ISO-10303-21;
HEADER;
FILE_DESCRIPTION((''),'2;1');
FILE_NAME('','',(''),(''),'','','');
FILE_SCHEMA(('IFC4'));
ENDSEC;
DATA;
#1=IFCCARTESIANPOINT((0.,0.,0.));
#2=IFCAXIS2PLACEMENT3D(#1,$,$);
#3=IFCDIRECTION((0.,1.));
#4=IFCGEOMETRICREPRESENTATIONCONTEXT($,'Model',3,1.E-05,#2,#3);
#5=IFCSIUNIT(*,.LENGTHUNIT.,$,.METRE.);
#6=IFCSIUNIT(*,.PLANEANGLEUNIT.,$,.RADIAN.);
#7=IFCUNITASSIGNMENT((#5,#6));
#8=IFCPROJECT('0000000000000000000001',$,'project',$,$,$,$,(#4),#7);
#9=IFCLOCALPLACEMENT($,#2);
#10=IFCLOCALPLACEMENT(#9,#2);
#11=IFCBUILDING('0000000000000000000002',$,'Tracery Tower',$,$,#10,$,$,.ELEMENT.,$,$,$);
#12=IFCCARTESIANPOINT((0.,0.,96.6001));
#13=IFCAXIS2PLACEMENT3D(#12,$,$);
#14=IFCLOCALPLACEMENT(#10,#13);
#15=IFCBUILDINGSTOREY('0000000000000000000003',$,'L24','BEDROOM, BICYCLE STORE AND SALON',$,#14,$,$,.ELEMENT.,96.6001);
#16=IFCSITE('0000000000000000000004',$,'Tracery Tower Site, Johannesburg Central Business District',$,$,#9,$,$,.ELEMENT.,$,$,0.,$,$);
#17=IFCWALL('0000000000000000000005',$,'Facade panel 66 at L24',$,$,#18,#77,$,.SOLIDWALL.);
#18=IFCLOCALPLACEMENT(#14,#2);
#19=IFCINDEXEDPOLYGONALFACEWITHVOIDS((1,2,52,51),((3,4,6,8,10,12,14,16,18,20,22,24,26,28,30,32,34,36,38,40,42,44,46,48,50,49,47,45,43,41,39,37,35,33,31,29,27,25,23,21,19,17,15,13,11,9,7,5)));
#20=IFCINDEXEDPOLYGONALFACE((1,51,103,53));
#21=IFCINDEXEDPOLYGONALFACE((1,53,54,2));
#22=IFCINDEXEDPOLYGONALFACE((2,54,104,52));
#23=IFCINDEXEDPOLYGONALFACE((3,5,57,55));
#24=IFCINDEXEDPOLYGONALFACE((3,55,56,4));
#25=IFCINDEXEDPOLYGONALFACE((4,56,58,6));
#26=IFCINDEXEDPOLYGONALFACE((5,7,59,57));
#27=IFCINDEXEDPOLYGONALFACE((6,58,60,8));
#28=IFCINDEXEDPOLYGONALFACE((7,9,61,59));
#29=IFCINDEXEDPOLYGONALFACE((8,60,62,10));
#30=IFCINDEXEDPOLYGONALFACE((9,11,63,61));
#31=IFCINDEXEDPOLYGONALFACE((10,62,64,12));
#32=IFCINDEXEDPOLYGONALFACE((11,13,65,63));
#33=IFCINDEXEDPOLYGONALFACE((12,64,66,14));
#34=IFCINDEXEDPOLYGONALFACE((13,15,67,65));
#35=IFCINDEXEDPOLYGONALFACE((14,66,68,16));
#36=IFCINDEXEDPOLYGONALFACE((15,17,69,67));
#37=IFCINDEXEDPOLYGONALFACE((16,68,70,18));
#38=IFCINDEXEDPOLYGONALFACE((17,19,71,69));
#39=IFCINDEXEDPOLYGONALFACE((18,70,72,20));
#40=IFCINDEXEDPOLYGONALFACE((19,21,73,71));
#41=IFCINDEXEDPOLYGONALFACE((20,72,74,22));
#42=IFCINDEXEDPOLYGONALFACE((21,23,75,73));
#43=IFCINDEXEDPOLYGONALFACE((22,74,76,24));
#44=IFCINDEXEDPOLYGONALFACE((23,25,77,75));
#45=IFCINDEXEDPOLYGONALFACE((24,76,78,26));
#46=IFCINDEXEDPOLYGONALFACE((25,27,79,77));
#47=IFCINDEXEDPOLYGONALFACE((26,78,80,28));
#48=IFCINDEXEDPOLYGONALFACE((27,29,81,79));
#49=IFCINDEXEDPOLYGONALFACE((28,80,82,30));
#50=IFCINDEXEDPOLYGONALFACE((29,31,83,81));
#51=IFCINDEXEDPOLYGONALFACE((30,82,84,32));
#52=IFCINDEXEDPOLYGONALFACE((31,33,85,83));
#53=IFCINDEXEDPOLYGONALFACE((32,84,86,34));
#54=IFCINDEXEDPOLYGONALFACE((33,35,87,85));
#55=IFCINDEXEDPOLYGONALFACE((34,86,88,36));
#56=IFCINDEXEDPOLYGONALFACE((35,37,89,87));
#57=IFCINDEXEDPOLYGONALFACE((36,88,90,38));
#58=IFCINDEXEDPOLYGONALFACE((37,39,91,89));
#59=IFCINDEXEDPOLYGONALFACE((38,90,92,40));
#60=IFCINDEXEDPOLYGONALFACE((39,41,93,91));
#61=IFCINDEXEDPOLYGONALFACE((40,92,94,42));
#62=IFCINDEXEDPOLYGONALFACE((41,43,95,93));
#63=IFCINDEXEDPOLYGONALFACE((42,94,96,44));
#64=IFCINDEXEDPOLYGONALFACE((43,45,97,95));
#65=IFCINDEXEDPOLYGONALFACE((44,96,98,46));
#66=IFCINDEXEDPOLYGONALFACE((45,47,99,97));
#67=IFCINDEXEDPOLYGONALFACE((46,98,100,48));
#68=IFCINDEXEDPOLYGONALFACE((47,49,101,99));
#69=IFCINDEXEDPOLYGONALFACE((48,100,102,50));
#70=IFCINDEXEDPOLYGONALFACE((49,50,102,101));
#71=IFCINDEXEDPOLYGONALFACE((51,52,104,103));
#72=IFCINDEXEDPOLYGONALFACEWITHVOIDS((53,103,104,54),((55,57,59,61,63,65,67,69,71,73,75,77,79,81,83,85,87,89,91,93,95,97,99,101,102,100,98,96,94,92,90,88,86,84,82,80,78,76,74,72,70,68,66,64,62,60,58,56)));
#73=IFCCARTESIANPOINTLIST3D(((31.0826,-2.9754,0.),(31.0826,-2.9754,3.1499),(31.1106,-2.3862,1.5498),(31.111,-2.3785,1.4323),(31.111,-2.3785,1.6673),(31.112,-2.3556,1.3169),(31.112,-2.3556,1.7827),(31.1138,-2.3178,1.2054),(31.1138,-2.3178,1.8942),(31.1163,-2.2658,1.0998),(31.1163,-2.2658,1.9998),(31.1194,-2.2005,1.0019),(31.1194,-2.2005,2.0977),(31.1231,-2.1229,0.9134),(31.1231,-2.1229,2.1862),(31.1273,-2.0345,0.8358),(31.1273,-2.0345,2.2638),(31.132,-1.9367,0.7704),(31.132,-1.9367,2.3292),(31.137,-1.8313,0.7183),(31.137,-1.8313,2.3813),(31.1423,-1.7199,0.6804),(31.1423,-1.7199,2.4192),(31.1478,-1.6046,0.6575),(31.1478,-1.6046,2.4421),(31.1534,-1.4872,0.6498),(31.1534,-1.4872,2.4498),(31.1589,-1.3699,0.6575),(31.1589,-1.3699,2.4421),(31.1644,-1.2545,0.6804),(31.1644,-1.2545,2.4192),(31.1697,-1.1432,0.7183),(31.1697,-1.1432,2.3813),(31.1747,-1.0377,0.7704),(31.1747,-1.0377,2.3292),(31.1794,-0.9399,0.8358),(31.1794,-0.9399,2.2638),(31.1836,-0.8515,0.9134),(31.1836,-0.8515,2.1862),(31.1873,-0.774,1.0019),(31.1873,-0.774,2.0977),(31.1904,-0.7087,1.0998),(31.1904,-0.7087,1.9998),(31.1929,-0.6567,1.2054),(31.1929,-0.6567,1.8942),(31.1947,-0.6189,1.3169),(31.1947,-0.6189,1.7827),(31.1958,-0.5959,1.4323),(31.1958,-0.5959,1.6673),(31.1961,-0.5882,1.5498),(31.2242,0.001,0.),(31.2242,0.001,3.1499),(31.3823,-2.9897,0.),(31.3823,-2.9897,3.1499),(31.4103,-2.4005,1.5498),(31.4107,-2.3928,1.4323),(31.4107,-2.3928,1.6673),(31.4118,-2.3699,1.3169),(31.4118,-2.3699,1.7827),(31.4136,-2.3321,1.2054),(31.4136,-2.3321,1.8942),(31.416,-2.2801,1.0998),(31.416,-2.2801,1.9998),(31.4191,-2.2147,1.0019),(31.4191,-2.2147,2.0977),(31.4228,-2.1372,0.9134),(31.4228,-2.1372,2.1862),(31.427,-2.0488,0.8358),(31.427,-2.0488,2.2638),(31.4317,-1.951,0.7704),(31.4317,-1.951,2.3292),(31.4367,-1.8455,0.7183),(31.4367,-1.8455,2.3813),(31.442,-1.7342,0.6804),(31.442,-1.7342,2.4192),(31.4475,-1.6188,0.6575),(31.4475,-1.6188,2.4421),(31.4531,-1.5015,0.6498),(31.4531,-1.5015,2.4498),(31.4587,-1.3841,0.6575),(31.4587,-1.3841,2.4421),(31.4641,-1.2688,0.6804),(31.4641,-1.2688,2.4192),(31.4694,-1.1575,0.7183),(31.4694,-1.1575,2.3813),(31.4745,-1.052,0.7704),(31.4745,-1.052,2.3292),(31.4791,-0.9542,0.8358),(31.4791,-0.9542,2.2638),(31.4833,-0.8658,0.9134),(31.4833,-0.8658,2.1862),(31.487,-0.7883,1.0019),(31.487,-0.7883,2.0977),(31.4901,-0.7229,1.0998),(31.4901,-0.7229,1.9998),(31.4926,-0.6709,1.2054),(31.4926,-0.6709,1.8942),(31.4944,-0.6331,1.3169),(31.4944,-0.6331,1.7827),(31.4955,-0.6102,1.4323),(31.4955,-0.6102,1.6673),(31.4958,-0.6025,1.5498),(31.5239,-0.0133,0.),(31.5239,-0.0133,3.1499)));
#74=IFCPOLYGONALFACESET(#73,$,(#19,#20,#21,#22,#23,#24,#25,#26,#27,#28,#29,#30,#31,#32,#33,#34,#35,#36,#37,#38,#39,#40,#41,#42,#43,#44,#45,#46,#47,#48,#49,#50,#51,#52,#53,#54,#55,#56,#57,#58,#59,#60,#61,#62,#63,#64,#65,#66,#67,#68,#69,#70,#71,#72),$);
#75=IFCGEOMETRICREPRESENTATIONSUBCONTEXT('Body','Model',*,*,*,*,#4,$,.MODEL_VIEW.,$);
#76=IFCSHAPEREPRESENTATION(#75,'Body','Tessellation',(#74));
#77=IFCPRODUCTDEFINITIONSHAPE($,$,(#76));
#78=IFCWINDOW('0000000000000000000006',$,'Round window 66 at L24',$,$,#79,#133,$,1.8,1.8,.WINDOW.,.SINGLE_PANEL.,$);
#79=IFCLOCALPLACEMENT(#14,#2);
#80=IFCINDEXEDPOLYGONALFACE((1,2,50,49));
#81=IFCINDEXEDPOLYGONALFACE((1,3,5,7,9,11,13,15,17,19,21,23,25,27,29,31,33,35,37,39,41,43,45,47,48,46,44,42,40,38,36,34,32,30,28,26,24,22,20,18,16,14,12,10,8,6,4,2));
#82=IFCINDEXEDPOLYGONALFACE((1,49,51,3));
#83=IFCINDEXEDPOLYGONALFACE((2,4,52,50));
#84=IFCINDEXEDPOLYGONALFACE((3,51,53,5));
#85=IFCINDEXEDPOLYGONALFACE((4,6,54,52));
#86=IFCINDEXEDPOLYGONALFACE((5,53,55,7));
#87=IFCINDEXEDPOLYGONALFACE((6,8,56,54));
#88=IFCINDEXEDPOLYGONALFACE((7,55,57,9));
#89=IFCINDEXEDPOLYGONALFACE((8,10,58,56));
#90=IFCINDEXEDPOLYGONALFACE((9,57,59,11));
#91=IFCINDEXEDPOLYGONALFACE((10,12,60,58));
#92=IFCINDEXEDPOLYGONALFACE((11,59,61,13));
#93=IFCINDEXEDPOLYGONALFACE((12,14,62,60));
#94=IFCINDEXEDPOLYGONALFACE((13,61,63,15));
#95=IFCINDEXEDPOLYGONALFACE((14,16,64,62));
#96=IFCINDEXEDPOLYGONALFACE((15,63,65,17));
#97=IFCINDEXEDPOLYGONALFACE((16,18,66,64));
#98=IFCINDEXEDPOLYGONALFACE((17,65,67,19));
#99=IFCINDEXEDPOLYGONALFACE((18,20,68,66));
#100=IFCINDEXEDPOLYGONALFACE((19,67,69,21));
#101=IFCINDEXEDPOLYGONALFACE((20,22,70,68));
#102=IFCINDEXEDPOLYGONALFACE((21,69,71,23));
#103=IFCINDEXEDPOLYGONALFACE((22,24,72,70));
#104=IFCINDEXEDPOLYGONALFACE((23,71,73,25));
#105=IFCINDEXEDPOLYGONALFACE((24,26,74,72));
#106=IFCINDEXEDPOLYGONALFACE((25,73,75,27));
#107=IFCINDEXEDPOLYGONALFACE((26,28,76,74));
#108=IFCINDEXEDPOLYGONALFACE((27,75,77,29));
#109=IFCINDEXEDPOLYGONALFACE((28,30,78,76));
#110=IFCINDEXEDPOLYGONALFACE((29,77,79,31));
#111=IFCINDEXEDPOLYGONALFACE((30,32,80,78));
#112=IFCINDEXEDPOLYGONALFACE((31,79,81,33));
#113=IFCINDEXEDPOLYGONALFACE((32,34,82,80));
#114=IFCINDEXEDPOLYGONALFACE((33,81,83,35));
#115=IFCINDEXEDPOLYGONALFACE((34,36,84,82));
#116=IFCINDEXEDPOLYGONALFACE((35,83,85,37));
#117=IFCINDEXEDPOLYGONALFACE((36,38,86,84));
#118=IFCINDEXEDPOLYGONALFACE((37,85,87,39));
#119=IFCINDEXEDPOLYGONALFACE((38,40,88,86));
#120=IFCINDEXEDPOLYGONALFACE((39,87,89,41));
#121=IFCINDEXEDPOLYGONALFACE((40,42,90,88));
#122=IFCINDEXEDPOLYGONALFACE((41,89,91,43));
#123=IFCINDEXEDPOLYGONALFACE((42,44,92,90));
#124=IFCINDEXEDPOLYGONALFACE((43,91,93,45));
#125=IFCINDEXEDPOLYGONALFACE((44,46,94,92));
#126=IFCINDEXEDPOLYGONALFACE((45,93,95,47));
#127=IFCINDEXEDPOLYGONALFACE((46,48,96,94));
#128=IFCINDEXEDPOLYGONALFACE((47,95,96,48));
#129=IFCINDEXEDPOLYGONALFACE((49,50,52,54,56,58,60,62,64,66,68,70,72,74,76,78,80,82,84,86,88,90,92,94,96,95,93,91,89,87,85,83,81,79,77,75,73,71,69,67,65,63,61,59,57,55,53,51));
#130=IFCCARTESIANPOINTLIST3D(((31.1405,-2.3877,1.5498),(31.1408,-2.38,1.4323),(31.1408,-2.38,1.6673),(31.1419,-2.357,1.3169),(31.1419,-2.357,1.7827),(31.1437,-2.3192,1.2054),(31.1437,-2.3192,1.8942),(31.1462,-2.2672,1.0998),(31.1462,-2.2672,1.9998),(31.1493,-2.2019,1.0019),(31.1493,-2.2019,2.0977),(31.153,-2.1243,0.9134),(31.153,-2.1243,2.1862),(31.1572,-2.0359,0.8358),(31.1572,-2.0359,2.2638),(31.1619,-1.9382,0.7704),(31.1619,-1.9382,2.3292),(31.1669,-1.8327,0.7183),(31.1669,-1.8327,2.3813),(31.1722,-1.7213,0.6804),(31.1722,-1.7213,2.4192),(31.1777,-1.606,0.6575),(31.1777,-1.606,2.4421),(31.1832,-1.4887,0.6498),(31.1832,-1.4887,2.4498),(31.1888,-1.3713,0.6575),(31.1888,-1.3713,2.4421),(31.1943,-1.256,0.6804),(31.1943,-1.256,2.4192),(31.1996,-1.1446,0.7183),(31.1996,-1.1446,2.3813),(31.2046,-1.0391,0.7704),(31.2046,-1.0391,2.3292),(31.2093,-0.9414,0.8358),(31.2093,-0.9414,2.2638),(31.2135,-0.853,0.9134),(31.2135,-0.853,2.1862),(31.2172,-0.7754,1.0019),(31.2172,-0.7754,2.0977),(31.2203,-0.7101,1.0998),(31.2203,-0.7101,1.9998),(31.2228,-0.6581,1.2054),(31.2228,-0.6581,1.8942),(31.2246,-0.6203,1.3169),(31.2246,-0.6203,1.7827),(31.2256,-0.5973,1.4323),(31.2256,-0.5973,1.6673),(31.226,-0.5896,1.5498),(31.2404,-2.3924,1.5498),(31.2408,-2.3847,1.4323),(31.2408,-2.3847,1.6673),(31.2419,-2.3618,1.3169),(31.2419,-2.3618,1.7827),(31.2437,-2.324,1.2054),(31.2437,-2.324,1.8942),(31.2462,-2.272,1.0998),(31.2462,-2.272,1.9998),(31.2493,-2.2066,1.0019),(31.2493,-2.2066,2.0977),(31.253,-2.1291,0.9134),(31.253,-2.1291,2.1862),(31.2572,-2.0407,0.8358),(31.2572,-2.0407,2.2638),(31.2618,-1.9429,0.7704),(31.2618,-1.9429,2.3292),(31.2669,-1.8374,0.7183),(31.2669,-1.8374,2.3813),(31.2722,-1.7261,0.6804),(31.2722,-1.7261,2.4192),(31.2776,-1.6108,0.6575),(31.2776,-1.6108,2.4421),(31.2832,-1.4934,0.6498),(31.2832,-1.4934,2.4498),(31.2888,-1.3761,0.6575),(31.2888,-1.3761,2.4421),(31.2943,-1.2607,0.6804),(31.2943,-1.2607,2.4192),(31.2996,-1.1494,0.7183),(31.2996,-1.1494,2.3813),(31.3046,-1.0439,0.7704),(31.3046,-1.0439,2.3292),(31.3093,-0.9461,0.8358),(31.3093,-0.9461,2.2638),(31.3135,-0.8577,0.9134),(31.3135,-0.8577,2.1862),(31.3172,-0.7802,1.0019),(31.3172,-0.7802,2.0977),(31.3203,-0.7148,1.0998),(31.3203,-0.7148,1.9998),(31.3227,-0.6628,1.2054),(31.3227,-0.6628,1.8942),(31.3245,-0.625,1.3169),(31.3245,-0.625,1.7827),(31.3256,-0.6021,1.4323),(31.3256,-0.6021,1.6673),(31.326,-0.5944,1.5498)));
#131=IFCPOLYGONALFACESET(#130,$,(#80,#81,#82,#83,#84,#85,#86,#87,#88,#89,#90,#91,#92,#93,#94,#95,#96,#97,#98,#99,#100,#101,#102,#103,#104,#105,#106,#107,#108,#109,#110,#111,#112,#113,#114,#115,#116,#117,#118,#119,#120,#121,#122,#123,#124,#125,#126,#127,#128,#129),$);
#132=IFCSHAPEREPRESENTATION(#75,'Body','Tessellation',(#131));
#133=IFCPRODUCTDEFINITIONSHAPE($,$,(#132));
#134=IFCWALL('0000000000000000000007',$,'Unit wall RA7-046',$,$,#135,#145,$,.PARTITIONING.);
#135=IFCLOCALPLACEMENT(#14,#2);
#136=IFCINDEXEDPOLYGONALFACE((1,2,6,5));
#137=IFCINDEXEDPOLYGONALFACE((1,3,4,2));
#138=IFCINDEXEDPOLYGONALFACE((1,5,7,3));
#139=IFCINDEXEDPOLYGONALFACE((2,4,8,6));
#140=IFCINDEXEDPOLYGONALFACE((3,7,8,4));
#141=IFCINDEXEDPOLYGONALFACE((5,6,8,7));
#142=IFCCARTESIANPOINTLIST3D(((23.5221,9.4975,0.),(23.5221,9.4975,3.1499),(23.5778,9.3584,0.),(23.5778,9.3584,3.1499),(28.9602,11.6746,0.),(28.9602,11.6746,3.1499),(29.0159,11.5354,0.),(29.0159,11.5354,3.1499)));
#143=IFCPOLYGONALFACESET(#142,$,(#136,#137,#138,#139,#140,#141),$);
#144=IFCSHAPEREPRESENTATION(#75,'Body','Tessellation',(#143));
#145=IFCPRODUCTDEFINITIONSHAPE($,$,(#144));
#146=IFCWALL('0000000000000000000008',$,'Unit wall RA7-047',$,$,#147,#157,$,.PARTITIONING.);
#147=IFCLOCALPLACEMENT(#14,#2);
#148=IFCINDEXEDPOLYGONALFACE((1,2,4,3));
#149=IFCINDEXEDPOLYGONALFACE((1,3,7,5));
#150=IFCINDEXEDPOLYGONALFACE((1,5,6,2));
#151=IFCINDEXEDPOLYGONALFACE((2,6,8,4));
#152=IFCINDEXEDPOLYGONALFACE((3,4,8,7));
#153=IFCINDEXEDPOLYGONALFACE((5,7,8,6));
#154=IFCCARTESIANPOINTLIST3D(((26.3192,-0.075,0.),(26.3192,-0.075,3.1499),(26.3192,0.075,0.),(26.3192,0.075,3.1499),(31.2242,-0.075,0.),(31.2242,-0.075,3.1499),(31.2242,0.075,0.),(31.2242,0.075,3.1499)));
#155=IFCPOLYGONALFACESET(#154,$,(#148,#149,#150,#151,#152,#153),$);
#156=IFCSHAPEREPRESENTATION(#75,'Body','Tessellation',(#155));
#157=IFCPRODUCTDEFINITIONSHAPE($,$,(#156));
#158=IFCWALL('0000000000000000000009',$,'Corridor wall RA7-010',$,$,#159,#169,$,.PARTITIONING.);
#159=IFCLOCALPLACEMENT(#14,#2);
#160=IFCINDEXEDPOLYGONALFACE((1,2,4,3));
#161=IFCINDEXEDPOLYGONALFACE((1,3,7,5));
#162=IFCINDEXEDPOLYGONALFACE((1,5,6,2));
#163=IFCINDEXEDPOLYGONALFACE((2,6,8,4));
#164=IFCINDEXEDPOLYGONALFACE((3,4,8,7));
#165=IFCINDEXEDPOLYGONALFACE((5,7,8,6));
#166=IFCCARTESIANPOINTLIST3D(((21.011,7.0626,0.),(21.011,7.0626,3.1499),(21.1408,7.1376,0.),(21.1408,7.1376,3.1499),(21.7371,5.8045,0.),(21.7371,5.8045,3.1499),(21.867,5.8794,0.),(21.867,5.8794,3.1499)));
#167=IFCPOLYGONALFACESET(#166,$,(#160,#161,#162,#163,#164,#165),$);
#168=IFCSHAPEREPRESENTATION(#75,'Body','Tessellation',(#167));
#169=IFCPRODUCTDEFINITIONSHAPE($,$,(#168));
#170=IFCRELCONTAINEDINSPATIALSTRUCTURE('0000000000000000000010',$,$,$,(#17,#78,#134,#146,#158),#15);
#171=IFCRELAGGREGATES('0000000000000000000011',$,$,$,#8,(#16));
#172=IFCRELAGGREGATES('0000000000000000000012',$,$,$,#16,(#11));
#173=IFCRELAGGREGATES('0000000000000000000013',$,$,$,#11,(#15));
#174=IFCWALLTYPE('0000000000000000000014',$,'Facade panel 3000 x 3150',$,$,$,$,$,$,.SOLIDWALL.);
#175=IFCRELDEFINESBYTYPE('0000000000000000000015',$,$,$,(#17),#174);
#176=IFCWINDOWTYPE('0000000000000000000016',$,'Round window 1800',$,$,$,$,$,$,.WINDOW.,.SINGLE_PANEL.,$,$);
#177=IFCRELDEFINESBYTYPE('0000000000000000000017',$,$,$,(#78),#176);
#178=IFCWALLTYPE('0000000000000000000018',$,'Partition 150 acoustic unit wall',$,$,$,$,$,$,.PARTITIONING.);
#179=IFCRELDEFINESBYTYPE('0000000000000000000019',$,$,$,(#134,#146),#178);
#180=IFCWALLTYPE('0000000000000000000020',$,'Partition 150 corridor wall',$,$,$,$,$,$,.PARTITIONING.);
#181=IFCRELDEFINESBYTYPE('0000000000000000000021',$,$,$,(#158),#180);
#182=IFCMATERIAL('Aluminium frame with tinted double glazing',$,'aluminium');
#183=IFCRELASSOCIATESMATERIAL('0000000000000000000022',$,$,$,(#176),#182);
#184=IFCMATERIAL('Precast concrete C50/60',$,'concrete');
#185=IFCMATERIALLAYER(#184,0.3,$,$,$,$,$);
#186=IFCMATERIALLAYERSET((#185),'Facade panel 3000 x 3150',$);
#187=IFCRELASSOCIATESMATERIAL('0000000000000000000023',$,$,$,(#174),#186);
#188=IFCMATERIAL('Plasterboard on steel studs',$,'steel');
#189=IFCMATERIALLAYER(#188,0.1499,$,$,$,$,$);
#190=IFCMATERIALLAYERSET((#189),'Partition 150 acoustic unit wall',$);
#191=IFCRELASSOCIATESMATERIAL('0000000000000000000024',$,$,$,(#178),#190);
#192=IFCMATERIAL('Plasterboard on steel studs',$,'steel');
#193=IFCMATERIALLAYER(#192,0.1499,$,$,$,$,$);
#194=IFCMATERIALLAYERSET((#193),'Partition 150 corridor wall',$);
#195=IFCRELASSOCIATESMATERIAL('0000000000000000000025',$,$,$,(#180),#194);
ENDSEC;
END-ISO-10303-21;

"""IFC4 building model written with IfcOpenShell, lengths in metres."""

from ifc_helpers import new_model, si_unit, direction, frame, frame_2d, origin, origin_2d, place, context, subcontext, project, spatial, rectangle, circle, extrude, material, layer, layer_set, type_object, element, fill, save


model = new_model("IFC4")

# Units and contexts
model_context = context("Model", 3, precision=1e-05, world=origin(), true_north=direction((0.0, 1.0)))
body_context = subcontext(model_context, "Body", "Model", "MODEL_VIEW")
ifc_project = project(units=[si_unit("LENGTHUNIT", "METRE"), si_unit("PLANEANGLEUNIT", "RADIAN")], contexts=[model_context])

# Site, building, storey
site_placement = place(None, origin())
site = spatial("IfcSite", under=ifc_project, at=site_placement, Name="Tracery Tower Site, Johannesburg Central Business District", CompositionType="ELEMENT", RefElevation=0.0)
building_placement = place(site_placement, origin())
building = spatial("IfcBuilding", under=site, at=building_placement, Name="Tracery Tower", CompositionType="ELEMENT")
storey_placement = place(building_placement, frame((0.0, 0.0, 96.6001)))
storey = spatial("IfcBuildingStorey", under=building, at=storey_placement, Name="L24", Description="BEDROOM, BICYCLE STORE AND SALON", CompositionType="ELEMENT", Elevation=96.6001)

# Wall, opening, window
ifc_material_1 = material(Name="Aluminium frame with tinted double glazing", Category="aluminium")
window_type = type_object("IfcWindowType", Name="Round window 1800", PartitioningType="SINGLE_PANEL", PredefinedType="WINDOW", material=ifc_material_1)
ifc_material_2 = material(Name="Precast concrete C50/60", Category="concrete")
ifc_layer_1 = layer(ifc_material_2, 0.3)
ifc_layer_set_1 = layer_set([ifc_layer_1], Name="Facade panel 3000 x 3150")
wall_type_1 = type_object("IfcWallType", Name="Facade panel 3000 x 3150", PredefinedType="SOLIDWALL", material=ifc_layer_set_1)
wall_1_placement = place(storey_placement, frame((31.2324, -2.9824, 0.0), z_axis=(0.0, 0.0, 1.0), x_axis=(0.047522, 0.99887, 0.0)))
wall_1 = element("IfcWall", 1, at=wall_1_placement, inside=storey, type_object=wall_type_1, Name="Facade panel 66 at L24", PredefinedType="SOLIDWALL", context=body_context, shape_type="SweptSolid", body=[
    extrude(rectangle(XDim=2.9797, YDim=0.3, at=frame_2d((1.4897, 0.0))), origin(), (0.0, 0.0, 1.0), 3.1499),
])
opening_1_placement = place(wall_1_placement, frame((1.4897, 0.0, 1.5498)))
opening_1 = element("IfcOpeningElement", 2, at=opening_1_placement, cuts=wall_1, PredefinedType="OPENING", context=body_context, shape_type="SweptSolid", body=[
    extrude(circle(Radius=0.9, at=origin_2d()), frame((0.0, 0.1599, 0.0), z_axis=(0.0, -1.0, 0.0), x_axis=(1.0, 0.0, 0.0)), (0.0, 0.0, 1.0), 0.3201),
])
window_1_placement = place(opening_1_placement, origin())
window_1 = element("IfcWindow", 3, at=window_1_placement, inside=storey, type_object=window_type, Name="Round window 66 at L24", OverallHeight=1.8, OverallWidth=1.8, PartitioningType="SINGLE_PANEL", PredefinedType="WINDOW", context=body_context, shape_type="SweptSolid", body=[
    extrude(circle(Radius=0.9, at=origin_2d()), frame((0.0, 0.1201, 0.0), z_axis=(0.0, -1.0, 0.0), x_axis=(1.0, 0.0, 0.0)), (0.0, 0.0, 1.0), 0.1001),
])
fill(opening_1, window_1)

# Walls
ifc_material_3 = material(Name="Plasterboard on steel studs", Category="steel")
ifc_layer_2 = layer(ifc_material_3, 0.1499)
ifc_layer_set_2 = layer_set([ifc_layer_2], Name="Partition 150 acoustic unit wall")
wall_type_2 = type_object("IfcWallType", Name="Partition 150 acoustic unit wall", PredefinedType="PARTITIONING", material=ifc_layer_set_2)
wall_2_placement = place(storey_placement, frame((23.55, 9.428, 0.0), z_axis=(0.0, 0.0, 1.0), x_axis=(0.92837, 0.371657, 0.0)))
element("IfcWall", 4, at=wall_2_placement, inside=storey, type_object=wall_type_2, Name="Unit wall RA7-046", PredefinedType="PARTITIONING", context=body_context, shape_type="SweptSolid", body=[
    extrude(rectangle(XDim=5.8577, YDim=0.1499, at=frame_2d((2.9287, 0.0))), origin(), (0.0, 0.0, 1.0), 3.1499),
])
wall_3_placement = place(storey_placement, frame((26.3191, 0.0, 0.0), z_axis=(0.0, 0.0, 1.0), x_axis=(1.0, 0.0, 0.0)))
element("IfcWall", 5, at=wall_3_placement, inside=storey, type_object=wall_type_2, Name="Unit wall RA7-047", PredefinedType="PARTITIONING", context=body_context, shape_type="SweptSolid", body=[
    extrude(rectangle(XDim=4.905, YDim=0.1499, at=frame_2d((2.4526, 0.0))), origin(), (0.0, 0.0, 1.0), 3.1499),
])
ifc_material_4 = material(Name="Plasterboard on steel studs", Category="steel")
ifc_layer_3 = layer(ifc_material_4, 0.1499)
ifc_layer_set_3 = layer_set([ifc_layer_3], Name="Partition 150 corridor wall")
wall_type_3 = type_object("IfcWallType", Name="Partition 150 corridor wall", PredefinedType="PARTITIONING", material=ifc_layer_set_3)
wall_4_placement = place(storey_placement, frame((21.0759, 7.1001, 0.0), z_axis=(0.0, 0.0, 1.0), x_axis=(0.499863, -0.866104, 0.0)))
element("IfcWall", 6, at=wall_4_placement, inside=storey, type_object=wall_type_3, Name="Corridor wall RA7-010", PredefinedType="PARTITIONING", context=body_context, shape_type="SweptSolid", body=[
    extrude(rectangle(XDim=1.4526, YDim=0.1499, at=frame_2d((0.7263, 0.0))), origin(), (0.0, 0.0, 1.0), 3.1499),
])

save(model, "model.ifc")
